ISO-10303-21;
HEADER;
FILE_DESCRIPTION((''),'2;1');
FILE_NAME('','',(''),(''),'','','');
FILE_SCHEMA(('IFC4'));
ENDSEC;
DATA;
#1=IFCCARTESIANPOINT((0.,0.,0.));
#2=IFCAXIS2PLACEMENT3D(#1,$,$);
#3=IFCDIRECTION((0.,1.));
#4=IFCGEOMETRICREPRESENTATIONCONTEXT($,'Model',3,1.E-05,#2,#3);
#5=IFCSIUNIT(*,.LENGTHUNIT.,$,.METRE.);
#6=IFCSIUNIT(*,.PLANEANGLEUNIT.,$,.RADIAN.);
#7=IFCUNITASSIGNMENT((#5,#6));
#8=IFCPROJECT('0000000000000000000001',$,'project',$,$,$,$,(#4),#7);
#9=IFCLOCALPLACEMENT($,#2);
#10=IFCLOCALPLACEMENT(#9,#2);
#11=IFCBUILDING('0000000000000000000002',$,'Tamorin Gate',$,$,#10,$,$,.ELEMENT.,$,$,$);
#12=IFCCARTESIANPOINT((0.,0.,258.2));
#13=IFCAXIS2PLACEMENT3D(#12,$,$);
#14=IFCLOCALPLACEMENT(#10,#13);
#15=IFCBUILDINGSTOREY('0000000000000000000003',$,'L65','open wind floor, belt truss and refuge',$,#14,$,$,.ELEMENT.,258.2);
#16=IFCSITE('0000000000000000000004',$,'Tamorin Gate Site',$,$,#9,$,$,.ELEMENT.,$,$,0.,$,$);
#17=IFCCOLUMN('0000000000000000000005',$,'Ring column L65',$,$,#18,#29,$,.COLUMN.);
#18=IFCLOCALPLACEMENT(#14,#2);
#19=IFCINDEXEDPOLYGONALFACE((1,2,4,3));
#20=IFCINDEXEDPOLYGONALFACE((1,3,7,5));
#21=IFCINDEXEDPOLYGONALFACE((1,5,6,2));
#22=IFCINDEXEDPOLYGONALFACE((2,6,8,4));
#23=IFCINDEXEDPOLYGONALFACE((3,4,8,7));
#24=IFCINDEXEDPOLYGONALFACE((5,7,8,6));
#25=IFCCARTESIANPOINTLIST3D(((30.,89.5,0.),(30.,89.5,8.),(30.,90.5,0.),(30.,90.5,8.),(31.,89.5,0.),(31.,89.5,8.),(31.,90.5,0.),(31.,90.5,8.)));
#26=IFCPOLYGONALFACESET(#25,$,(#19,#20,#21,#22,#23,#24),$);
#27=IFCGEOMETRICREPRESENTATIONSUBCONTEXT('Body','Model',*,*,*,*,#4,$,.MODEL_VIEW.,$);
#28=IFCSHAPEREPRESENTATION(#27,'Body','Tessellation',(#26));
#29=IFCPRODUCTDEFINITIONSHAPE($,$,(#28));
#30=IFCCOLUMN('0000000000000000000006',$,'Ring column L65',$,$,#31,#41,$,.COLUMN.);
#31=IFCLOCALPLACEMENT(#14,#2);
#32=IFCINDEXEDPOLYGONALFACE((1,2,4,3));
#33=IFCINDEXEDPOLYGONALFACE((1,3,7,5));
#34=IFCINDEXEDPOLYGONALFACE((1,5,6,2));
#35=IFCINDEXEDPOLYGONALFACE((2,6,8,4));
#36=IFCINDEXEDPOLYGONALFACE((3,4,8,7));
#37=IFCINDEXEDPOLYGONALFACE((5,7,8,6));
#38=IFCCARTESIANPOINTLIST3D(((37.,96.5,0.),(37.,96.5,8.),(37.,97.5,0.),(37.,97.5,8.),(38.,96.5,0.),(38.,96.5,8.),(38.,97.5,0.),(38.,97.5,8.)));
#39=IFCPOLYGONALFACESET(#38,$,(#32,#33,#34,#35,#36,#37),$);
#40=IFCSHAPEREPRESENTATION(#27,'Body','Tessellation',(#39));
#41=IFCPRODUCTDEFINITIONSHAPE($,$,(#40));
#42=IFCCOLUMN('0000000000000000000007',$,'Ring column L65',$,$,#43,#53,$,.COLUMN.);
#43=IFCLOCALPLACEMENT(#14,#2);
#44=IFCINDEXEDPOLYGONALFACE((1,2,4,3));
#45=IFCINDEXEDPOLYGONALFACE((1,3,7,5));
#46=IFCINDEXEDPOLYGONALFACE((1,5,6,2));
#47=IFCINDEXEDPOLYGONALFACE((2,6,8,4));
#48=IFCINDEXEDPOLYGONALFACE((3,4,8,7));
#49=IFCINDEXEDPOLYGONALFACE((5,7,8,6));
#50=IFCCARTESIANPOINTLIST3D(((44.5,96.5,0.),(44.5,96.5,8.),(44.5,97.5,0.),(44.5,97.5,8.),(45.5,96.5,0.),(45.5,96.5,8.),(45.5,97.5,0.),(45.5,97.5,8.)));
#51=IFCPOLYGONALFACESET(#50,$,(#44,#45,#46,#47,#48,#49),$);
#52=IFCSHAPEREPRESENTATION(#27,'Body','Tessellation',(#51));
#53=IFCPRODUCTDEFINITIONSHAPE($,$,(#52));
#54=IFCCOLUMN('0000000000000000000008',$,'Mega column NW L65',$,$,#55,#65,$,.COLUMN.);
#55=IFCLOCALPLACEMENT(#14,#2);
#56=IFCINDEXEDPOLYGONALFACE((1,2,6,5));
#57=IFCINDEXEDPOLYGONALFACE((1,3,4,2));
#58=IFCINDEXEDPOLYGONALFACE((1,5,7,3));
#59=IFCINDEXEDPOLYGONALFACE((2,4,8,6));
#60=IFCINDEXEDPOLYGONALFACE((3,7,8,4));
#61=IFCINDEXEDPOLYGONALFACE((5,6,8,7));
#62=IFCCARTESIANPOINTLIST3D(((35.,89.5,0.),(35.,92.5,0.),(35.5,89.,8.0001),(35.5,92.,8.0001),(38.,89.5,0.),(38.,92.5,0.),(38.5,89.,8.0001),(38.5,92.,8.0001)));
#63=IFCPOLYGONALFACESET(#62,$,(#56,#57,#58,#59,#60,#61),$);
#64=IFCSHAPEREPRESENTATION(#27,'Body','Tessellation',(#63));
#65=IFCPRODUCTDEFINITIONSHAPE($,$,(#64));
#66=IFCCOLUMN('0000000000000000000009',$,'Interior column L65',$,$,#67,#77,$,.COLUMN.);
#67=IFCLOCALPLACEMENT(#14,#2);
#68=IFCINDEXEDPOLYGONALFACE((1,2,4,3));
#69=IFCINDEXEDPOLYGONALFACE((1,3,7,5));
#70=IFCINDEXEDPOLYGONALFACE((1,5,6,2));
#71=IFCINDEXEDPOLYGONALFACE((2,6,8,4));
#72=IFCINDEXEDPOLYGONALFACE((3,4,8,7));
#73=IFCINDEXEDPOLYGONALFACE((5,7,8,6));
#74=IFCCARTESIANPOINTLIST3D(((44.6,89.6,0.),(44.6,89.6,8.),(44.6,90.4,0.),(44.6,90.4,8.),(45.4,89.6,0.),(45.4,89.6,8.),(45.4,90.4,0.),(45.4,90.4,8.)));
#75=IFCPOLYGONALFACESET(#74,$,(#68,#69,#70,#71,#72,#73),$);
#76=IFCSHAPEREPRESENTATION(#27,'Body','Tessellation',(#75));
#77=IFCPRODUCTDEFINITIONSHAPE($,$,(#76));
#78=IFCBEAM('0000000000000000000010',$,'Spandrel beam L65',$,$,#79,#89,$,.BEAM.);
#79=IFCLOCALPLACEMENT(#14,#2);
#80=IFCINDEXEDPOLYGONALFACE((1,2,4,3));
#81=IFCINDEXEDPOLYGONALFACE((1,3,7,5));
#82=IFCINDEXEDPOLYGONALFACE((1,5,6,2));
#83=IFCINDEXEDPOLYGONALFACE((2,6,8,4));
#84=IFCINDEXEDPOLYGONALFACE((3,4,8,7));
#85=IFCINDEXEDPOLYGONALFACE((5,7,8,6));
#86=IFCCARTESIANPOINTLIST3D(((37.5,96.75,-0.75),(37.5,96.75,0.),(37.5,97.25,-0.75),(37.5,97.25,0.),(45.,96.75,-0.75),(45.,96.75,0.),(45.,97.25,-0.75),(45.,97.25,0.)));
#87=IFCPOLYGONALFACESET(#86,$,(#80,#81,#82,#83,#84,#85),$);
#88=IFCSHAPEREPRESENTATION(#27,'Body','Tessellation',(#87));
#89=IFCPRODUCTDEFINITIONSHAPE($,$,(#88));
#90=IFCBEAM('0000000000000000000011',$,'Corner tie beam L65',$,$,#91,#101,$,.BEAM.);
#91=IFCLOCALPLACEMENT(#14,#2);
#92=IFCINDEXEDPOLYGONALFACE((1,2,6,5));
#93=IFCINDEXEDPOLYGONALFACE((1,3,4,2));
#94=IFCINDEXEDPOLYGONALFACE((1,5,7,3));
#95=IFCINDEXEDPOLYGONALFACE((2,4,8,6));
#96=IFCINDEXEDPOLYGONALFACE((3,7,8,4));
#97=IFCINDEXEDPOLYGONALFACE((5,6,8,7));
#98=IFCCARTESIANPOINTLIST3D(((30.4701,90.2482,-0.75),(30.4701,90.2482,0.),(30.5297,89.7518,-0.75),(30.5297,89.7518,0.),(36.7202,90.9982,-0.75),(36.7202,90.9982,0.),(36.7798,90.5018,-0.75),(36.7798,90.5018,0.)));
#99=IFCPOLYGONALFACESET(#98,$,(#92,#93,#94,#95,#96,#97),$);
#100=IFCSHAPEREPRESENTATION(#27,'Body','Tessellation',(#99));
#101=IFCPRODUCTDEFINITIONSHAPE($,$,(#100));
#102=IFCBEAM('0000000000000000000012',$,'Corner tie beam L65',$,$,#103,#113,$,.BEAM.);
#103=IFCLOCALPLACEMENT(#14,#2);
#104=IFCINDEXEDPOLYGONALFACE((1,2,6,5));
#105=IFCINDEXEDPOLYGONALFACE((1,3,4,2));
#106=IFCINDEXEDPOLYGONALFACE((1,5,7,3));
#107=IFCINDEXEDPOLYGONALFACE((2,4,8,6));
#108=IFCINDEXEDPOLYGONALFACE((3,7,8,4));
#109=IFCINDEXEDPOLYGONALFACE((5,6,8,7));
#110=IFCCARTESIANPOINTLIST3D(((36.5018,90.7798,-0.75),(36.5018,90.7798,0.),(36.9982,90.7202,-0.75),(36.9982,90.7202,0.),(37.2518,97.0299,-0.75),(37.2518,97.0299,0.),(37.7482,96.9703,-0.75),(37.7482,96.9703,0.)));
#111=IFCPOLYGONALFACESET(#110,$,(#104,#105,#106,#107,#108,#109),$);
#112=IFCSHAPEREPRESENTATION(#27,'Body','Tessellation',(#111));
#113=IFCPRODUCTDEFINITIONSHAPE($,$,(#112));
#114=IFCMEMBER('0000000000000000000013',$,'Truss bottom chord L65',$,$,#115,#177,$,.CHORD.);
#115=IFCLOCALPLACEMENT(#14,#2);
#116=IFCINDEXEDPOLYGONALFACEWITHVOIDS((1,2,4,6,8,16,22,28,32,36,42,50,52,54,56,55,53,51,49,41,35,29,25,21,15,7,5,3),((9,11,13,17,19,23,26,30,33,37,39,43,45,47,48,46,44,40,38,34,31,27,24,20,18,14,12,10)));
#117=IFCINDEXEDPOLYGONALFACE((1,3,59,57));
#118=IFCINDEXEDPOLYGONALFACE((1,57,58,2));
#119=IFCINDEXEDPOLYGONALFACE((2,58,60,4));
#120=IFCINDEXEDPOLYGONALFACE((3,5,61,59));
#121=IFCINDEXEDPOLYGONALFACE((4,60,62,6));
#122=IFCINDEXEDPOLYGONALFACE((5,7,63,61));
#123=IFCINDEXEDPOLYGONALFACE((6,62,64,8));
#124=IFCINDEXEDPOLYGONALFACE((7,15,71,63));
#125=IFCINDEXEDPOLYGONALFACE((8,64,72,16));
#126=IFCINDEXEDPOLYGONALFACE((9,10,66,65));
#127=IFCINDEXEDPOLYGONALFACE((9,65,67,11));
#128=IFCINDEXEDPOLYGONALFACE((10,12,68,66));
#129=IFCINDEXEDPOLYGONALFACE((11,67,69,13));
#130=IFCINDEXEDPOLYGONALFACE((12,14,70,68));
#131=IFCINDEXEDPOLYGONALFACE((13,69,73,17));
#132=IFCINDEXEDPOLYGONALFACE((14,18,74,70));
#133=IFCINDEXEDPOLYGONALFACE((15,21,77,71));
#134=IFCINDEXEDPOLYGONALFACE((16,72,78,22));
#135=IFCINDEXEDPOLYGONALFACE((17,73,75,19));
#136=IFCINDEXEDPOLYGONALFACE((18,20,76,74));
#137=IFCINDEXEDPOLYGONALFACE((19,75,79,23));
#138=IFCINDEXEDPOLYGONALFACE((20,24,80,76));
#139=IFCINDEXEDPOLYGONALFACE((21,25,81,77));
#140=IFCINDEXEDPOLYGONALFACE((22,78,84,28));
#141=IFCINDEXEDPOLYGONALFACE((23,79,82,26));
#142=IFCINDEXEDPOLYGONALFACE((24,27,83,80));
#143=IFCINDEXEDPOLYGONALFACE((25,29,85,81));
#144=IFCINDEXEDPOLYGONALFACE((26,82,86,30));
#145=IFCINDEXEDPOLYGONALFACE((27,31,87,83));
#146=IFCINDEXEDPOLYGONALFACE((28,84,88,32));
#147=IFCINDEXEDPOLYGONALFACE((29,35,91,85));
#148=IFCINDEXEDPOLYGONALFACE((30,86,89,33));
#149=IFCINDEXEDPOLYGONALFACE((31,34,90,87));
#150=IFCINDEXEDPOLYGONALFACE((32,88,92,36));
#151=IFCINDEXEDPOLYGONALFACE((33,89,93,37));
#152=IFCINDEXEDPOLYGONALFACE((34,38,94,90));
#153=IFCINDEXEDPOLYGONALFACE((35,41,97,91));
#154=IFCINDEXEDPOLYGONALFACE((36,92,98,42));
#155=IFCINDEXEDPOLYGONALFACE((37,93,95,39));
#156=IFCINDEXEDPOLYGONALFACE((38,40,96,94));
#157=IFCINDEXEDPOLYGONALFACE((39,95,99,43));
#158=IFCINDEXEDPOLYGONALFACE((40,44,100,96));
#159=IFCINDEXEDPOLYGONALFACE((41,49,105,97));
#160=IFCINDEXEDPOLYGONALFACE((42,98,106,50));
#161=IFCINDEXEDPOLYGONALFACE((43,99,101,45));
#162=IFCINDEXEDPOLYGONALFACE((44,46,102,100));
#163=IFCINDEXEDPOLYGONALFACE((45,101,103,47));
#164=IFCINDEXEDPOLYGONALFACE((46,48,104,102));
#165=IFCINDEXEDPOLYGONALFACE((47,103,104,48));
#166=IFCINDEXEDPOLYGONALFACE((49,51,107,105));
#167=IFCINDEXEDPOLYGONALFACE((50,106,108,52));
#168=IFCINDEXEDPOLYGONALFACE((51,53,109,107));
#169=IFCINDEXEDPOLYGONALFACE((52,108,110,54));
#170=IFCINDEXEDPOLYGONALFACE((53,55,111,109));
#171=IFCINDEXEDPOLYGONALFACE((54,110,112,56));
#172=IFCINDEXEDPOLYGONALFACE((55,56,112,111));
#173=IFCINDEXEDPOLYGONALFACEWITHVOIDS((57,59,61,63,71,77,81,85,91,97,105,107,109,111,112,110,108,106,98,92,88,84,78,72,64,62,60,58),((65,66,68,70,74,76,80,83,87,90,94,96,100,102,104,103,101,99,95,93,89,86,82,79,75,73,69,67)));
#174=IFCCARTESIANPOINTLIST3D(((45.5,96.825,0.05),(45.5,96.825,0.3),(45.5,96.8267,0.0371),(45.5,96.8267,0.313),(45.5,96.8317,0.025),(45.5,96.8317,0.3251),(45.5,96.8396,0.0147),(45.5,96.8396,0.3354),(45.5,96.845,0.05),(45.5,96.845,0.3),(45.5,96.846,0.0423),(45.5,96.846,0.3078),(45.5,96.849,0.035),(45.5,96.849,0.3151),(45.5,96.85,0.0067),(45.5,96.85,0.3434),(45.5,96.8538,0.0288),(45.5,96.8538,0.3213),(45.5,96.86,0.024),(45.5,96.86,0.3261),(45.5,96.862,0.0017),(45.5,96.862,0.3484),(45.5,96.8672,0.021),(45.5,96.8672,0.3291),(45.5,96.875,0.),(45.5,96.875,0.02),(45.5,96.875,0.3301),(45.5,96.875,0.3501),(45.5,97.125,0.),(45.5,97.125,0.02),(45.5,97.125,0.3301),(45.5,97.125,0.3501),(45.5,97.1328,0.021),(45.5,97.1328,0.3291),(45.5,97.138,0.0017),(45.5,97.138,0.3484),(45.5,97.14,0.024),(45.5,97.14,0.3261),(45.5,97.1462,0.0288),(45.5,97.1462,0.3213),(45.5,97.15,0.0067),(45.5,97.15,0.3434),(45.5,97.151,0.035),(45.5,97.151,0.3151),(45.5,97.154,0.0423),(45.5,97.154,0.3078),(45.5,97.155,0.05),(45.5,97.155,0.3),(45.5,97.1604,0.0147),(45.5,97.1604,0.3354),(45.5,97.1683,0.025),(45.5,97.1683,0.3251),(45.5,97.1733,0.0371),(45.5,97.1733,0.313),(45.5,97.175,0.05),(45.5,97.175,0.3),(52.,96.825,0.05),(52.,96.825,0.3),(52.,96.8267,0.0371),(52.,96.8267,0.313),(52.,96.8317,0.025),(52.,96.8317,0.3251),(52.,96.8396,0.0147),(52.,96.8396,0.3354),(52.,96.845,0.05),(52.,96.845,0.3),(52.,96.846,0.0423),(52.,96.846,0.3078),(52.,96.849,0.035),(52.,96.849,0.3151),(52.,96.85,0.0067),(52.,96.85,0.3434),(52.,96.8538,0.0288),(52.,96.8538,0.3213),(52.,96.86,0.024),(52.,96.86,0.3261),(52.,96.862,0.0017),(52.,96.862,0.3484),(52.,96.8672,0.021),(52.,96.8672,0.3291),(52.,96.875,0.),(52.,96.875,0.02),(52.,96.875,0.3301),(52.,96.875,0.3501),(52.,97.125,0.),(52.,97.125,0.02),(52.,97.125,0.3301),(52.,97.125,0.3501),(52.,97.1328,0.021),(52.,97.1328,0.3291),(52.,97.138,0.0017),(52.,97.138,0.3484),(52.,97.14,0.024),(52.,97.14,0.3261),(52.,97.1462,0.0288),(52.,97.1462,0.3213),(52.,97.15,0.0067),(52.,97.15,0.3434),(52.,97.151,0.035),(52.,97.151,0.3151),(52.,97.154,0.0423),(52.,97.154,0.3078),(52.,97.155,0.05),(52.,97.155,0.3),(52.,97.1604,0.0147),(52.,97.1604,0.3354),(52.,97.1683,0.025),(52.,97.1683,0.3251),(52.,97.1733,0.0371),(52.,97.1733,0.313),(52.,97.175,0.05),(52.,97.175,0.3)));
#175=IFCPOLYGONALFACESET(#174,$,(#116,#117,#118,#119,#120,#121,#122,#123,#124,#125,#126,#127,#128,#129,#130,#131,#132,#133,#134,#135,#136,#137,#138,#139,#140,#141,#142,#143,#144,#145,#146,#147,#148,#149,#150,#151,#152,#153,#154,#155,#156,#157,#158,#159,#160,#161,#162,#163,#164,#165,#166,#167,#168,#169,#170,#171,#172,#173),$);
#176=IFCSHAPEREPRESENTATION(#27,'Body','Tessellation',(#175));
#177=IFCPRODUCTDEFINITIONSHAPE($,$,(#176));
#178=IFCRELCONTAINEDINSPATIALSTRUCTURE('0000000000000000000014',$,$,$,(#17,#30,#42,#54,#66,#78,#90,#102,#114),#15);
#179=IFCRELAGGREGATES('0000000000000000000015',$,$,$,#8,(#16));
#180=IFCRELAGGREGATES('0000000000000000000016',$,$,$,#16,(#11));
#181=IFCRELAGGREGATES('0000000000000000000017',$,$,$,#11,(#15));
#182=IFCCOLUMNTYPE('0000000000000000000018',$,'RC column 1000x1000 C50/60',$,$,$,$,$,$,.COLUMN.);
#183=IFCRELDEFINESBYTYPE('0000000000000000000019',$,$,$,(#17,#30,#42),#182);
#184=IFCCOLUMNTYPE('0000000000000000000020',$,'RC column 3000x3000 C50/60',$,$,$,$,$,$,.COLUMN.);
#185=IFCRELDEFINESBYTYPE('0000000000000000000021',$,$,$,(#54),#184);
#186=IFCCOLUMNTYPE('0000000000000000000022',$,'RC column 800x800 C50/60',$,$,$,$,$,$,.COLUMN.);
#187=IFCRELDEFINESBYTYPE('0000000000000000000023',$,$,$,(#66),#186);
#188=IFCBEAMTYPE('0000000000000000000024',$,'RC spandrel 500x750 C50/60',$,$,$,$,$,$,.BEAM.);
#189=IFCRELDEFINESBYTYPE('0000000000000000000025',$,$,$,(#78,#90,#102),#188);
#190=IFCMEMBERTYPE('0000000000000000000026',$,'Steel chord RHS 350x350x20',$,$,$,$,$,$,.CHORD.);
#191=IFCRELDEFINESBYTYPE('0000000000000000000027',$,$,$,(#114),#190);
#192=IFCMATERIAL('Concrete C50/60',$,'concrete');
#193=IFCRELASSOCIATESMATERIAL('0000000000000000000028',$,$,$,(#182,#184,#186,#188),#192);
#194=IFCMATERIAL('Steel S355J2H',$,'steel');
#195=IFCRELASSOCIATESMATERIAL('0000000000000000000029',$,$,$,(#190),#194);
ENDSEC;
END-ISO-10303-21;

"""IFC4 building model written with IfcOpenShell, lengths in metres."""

from ifc_helpers import new_model, si_unit, direction, frame, origin, origin_2d, place, context, subcontext, project, spatial, rectangle, hollow_rectangle, extrude, material, material_profile, profile_set, type_object, element, save


model = new_model("IFC4")

# Units and contexts
model_context = context("Model", 3, precision=1e-05, world=origin(), true_north=direction((0.0, 1.0)))
body_context = subcontext(model_context, "Body", "Model", "MODEL_VIEW")
ifc_project = project(units=[si_unit("LENGTHUNIT", "METRE"), si_unit("PLANEANGLEUNIT", "RADIAN")], contexts=[model_context])

# Site, building, storey
site_placement = place(None, origin())
site = spatial("IfcSite", under=ifc_project, at=site_placement, Name="Tamorin Gate Site", CompositionType="ELEMENT", RefElevation=0.0)
building_placement = place(site_placement, origin())
building = spatial("IfcBuilding", under=site, at=building_placement, Name="Tamorin Gate", CompositionType="ELEMENT")
storey_placement = place(building_placement, frame((0.0, 0.0, 258.2)))
storey = spatial("IfcBuildingStorey", under=building, at=storey_placement, Name="L65", Description="open wind floor, belt truss and refuge", CompositionType="ELEMENT", Elevation=258.2)

# Columns
ifc_material_1 = material(Name="Concrete C50/60", Category="concrete")
ifc_material_profile_1 = material_profile(ifc_material_1, rectangle(XDim=1.0, YDim=1.0, at=origin_2d()), Name="RC 1000x1000")
ifc_profile_set_1 = profile_set([ifc_material_profile_1], Name="Concrete C50/60")
column_type_1 = type_object("IfcColumnType", Name="RC column 1000x1000 C50/60", PredefinedType="COLUMN", material=ifc_profile_set_1)
for number, where, z_axis, x_axis, name in (
    (1, (30.5, 90.0, 0.0), (0.0, 0.0, 1.0), (1.0, 0.0, 0.0), "Ring column L65"),
    (2, (37.5, 97.0, 0.0), (0.0, 0.0, 1.0), (1.0, 0.0, 0.0), "Ring column L65"),
    (3, (45.0, 97.0, 0.0), (0.0, 0.0, 1.0), (1.0, 0.0, 0.0), "Ring column L65"),
):
    element("IfcColumn", number, at=place(storey_placement, frame(where, z_axis=z_axis, x_axis=x_axis)), inside=storey, type_object=column_type_1, Name=name, PredefinedType="COLUMN", context=body_context, shape_type="SweptSolid", body=[
        extrude(rectangle(XDim=1.0, YDim=1.0, at=origin_2d()), origin(), (0.0, 0.0, 1.0), 8.0),
    ])
ifc_material_profile_2 = material_profile(ifc_material_1, rectangle(XDim=3.0, YDim=3.0, at=origin_2d()), Name="RC 3000x3000")
ifc_profile_set_2 = profile_set([ifc_material_profile_2], Name="Concrete C50/60")
column_type_2 = type_object("IfcColumnType", Name="RC column 3000x3000 C50/60", PredefinedType="COLUMN", material=ifc_profile_set_2)
column_1_placement = place(storey_placement, frame((36.5, 91.0, 0.0), z_axis=(0.0, 0.0, 1.0), x_axis=(0.0, -1.0, 0.0)))
element("IfcColumn", 4, at=column_1_placement, inside=storey, type_object=column_type_2, Name="Mega column NW L65", PredefinedType="COLUMN", context=body_context, shape_type="SweptSolid", body=[
    extrude(rectangle(XDim=3.0, YDim=3.0, at=origin_2d()), origin(), (0.062257, 0.062257, 0.996116), 8.0312),
])
ifc_material_profile_3 = material_profile(ifc_material_1, rectangle(XDim=0.8, YDim=0.8, at=origin_2d()), Name="RC 800x800")
ifc_profile_set_3 = profile_set([ifc_material_profile_3], Name="Concrete C50/60")
column_type_3 = type_object("IfcColumnType", Name="RC column 800x800 C50/60", PredefinedType="COLUMN", material=ifc_profile_set_3)
column_2_placement = place(storey_placement, frame((45.0, 90.0, 0.0), z_axis=(0.0, 0.0, 1.0), x_axis=(1.0, 0.0, 0.0)))
element("IfcColumn", 5, at=column_2_placement, inside=storey, type_object=column_type_3, Name="Interior column L65", PredefinedType="COLUMN", context=body_context, shape_type="SweptSolid", body=[
    extrude(rectangle(XDim=0.8, YDim=0.8, at=origin_2d()), origin(), (0.0, 0.0, 1.0), 8.0),
])

# Beams
ifc_material_profile_4 = material_profile(ifc_material_1, rectangle(XDim=0.5, YDim=0.75, at=origin_2d()), Name="RC 500x750")
ifc_profile_set_4 = profile_set([ifc_material_profile_4], Name="Concrete C50/60")
beam_type = type_object("IfcBeamType", Name="RC spandrel 500x750 C50/60", PredefinedType="BEAM", material=ifc_profile_set_4)
beam_placement = place(storey_placement, frame((45.0, 97.0, -0.375), z_axis=(-1.0, 0.0, 0.0), x_axis=(0.0, -1.0, 0.0)))
element("IfcBeam", 6, at=beam_placement, inside=storey, type_object=beam_type, Name="Spandrel beam L65", PredefinedType="BEAM", context=body_context, shape_type="SweptSolid", body=[
    extrude(rectangle(XDim=0.5, YDim=0.75, at=origin_2d()), origin(), (0.0, 0.0, 1.0), 7.5),
])
for number, where, z_axis, x_axis, name in (
    (7, (36.75, 90.75, -0.375), (-0.992877, -0.119145, 0.0), (0.119145, -0.992877, 0.0), "Corner tie beam L65"),
    (8, (36.75, 90.75, -0.375), (0.119145, 0.992877, 0.0), (-0.992877, 0.119145, 0.0), "Corner tie beam L65"),
):
    element("IfcBeam", number, at=place(storey_placement, frame(where, z_axis=z_axis, x_axis=x_axis)), inside=storey, type_object=beam_type, Name=name, PredefinedType="BEAM", context=body_context, shape_type="SweptSolid", body=[
        extrude(rectangle(XDim=0.5, YDim=0.75, at=origin_2d()), origin(), (0.0, 0.0, 1.0), 6.2949),
    ])

# Member
ifc_material_2 = material(Name="Steel S355J2H", Category="steel")
ifc_material_profile_5 = material_profile(ifc_material_2, hollow_rectangle(XDim=0.3501, YDim=0.3501, WallThickness=0.02, InnerFilletRadius=0.03, OuterFilletRadius=0.05, at=origin_2d()), Name="RHS 350x350x20")
ifc_profile_set_5 = profile_set([ifc_material_profile_5], Name="Steel S355J2H")
member_type_1 = type_object("IfcMemberType", Name="Steel chord RHS 350x350x20", PredefinedType="CHORD", material=ifc_profile_set_5)
for number, where, z_axis, x_axis, name in (
    (9, (52.0, 97.0, 0.175), (-1.0, 0.0, 0.0), (0.0, -1.0, 0.0), "Truss bottom chord L65"),
):
    element("IfcMember", number, at=place(storey_placement, frame(where, z_axis=z_axis, x_axis=x_axis)), inside=storey, type_object=member_type_1, Name=name, PredefinedType="CHORD", context=body_context, shape_type="SweptSolid", body=[
        extrude(hollow_rectangle(XDim=0.3501, YDim=0.3501, WallThickness=0.02, InnerFilletRadius=0.03, OuterFilletRadius=0.05, at=origin_2d()), origin(), (0.0, 0.0, 1.0), 6.5),
    ])

save(model, "model.ifc")
